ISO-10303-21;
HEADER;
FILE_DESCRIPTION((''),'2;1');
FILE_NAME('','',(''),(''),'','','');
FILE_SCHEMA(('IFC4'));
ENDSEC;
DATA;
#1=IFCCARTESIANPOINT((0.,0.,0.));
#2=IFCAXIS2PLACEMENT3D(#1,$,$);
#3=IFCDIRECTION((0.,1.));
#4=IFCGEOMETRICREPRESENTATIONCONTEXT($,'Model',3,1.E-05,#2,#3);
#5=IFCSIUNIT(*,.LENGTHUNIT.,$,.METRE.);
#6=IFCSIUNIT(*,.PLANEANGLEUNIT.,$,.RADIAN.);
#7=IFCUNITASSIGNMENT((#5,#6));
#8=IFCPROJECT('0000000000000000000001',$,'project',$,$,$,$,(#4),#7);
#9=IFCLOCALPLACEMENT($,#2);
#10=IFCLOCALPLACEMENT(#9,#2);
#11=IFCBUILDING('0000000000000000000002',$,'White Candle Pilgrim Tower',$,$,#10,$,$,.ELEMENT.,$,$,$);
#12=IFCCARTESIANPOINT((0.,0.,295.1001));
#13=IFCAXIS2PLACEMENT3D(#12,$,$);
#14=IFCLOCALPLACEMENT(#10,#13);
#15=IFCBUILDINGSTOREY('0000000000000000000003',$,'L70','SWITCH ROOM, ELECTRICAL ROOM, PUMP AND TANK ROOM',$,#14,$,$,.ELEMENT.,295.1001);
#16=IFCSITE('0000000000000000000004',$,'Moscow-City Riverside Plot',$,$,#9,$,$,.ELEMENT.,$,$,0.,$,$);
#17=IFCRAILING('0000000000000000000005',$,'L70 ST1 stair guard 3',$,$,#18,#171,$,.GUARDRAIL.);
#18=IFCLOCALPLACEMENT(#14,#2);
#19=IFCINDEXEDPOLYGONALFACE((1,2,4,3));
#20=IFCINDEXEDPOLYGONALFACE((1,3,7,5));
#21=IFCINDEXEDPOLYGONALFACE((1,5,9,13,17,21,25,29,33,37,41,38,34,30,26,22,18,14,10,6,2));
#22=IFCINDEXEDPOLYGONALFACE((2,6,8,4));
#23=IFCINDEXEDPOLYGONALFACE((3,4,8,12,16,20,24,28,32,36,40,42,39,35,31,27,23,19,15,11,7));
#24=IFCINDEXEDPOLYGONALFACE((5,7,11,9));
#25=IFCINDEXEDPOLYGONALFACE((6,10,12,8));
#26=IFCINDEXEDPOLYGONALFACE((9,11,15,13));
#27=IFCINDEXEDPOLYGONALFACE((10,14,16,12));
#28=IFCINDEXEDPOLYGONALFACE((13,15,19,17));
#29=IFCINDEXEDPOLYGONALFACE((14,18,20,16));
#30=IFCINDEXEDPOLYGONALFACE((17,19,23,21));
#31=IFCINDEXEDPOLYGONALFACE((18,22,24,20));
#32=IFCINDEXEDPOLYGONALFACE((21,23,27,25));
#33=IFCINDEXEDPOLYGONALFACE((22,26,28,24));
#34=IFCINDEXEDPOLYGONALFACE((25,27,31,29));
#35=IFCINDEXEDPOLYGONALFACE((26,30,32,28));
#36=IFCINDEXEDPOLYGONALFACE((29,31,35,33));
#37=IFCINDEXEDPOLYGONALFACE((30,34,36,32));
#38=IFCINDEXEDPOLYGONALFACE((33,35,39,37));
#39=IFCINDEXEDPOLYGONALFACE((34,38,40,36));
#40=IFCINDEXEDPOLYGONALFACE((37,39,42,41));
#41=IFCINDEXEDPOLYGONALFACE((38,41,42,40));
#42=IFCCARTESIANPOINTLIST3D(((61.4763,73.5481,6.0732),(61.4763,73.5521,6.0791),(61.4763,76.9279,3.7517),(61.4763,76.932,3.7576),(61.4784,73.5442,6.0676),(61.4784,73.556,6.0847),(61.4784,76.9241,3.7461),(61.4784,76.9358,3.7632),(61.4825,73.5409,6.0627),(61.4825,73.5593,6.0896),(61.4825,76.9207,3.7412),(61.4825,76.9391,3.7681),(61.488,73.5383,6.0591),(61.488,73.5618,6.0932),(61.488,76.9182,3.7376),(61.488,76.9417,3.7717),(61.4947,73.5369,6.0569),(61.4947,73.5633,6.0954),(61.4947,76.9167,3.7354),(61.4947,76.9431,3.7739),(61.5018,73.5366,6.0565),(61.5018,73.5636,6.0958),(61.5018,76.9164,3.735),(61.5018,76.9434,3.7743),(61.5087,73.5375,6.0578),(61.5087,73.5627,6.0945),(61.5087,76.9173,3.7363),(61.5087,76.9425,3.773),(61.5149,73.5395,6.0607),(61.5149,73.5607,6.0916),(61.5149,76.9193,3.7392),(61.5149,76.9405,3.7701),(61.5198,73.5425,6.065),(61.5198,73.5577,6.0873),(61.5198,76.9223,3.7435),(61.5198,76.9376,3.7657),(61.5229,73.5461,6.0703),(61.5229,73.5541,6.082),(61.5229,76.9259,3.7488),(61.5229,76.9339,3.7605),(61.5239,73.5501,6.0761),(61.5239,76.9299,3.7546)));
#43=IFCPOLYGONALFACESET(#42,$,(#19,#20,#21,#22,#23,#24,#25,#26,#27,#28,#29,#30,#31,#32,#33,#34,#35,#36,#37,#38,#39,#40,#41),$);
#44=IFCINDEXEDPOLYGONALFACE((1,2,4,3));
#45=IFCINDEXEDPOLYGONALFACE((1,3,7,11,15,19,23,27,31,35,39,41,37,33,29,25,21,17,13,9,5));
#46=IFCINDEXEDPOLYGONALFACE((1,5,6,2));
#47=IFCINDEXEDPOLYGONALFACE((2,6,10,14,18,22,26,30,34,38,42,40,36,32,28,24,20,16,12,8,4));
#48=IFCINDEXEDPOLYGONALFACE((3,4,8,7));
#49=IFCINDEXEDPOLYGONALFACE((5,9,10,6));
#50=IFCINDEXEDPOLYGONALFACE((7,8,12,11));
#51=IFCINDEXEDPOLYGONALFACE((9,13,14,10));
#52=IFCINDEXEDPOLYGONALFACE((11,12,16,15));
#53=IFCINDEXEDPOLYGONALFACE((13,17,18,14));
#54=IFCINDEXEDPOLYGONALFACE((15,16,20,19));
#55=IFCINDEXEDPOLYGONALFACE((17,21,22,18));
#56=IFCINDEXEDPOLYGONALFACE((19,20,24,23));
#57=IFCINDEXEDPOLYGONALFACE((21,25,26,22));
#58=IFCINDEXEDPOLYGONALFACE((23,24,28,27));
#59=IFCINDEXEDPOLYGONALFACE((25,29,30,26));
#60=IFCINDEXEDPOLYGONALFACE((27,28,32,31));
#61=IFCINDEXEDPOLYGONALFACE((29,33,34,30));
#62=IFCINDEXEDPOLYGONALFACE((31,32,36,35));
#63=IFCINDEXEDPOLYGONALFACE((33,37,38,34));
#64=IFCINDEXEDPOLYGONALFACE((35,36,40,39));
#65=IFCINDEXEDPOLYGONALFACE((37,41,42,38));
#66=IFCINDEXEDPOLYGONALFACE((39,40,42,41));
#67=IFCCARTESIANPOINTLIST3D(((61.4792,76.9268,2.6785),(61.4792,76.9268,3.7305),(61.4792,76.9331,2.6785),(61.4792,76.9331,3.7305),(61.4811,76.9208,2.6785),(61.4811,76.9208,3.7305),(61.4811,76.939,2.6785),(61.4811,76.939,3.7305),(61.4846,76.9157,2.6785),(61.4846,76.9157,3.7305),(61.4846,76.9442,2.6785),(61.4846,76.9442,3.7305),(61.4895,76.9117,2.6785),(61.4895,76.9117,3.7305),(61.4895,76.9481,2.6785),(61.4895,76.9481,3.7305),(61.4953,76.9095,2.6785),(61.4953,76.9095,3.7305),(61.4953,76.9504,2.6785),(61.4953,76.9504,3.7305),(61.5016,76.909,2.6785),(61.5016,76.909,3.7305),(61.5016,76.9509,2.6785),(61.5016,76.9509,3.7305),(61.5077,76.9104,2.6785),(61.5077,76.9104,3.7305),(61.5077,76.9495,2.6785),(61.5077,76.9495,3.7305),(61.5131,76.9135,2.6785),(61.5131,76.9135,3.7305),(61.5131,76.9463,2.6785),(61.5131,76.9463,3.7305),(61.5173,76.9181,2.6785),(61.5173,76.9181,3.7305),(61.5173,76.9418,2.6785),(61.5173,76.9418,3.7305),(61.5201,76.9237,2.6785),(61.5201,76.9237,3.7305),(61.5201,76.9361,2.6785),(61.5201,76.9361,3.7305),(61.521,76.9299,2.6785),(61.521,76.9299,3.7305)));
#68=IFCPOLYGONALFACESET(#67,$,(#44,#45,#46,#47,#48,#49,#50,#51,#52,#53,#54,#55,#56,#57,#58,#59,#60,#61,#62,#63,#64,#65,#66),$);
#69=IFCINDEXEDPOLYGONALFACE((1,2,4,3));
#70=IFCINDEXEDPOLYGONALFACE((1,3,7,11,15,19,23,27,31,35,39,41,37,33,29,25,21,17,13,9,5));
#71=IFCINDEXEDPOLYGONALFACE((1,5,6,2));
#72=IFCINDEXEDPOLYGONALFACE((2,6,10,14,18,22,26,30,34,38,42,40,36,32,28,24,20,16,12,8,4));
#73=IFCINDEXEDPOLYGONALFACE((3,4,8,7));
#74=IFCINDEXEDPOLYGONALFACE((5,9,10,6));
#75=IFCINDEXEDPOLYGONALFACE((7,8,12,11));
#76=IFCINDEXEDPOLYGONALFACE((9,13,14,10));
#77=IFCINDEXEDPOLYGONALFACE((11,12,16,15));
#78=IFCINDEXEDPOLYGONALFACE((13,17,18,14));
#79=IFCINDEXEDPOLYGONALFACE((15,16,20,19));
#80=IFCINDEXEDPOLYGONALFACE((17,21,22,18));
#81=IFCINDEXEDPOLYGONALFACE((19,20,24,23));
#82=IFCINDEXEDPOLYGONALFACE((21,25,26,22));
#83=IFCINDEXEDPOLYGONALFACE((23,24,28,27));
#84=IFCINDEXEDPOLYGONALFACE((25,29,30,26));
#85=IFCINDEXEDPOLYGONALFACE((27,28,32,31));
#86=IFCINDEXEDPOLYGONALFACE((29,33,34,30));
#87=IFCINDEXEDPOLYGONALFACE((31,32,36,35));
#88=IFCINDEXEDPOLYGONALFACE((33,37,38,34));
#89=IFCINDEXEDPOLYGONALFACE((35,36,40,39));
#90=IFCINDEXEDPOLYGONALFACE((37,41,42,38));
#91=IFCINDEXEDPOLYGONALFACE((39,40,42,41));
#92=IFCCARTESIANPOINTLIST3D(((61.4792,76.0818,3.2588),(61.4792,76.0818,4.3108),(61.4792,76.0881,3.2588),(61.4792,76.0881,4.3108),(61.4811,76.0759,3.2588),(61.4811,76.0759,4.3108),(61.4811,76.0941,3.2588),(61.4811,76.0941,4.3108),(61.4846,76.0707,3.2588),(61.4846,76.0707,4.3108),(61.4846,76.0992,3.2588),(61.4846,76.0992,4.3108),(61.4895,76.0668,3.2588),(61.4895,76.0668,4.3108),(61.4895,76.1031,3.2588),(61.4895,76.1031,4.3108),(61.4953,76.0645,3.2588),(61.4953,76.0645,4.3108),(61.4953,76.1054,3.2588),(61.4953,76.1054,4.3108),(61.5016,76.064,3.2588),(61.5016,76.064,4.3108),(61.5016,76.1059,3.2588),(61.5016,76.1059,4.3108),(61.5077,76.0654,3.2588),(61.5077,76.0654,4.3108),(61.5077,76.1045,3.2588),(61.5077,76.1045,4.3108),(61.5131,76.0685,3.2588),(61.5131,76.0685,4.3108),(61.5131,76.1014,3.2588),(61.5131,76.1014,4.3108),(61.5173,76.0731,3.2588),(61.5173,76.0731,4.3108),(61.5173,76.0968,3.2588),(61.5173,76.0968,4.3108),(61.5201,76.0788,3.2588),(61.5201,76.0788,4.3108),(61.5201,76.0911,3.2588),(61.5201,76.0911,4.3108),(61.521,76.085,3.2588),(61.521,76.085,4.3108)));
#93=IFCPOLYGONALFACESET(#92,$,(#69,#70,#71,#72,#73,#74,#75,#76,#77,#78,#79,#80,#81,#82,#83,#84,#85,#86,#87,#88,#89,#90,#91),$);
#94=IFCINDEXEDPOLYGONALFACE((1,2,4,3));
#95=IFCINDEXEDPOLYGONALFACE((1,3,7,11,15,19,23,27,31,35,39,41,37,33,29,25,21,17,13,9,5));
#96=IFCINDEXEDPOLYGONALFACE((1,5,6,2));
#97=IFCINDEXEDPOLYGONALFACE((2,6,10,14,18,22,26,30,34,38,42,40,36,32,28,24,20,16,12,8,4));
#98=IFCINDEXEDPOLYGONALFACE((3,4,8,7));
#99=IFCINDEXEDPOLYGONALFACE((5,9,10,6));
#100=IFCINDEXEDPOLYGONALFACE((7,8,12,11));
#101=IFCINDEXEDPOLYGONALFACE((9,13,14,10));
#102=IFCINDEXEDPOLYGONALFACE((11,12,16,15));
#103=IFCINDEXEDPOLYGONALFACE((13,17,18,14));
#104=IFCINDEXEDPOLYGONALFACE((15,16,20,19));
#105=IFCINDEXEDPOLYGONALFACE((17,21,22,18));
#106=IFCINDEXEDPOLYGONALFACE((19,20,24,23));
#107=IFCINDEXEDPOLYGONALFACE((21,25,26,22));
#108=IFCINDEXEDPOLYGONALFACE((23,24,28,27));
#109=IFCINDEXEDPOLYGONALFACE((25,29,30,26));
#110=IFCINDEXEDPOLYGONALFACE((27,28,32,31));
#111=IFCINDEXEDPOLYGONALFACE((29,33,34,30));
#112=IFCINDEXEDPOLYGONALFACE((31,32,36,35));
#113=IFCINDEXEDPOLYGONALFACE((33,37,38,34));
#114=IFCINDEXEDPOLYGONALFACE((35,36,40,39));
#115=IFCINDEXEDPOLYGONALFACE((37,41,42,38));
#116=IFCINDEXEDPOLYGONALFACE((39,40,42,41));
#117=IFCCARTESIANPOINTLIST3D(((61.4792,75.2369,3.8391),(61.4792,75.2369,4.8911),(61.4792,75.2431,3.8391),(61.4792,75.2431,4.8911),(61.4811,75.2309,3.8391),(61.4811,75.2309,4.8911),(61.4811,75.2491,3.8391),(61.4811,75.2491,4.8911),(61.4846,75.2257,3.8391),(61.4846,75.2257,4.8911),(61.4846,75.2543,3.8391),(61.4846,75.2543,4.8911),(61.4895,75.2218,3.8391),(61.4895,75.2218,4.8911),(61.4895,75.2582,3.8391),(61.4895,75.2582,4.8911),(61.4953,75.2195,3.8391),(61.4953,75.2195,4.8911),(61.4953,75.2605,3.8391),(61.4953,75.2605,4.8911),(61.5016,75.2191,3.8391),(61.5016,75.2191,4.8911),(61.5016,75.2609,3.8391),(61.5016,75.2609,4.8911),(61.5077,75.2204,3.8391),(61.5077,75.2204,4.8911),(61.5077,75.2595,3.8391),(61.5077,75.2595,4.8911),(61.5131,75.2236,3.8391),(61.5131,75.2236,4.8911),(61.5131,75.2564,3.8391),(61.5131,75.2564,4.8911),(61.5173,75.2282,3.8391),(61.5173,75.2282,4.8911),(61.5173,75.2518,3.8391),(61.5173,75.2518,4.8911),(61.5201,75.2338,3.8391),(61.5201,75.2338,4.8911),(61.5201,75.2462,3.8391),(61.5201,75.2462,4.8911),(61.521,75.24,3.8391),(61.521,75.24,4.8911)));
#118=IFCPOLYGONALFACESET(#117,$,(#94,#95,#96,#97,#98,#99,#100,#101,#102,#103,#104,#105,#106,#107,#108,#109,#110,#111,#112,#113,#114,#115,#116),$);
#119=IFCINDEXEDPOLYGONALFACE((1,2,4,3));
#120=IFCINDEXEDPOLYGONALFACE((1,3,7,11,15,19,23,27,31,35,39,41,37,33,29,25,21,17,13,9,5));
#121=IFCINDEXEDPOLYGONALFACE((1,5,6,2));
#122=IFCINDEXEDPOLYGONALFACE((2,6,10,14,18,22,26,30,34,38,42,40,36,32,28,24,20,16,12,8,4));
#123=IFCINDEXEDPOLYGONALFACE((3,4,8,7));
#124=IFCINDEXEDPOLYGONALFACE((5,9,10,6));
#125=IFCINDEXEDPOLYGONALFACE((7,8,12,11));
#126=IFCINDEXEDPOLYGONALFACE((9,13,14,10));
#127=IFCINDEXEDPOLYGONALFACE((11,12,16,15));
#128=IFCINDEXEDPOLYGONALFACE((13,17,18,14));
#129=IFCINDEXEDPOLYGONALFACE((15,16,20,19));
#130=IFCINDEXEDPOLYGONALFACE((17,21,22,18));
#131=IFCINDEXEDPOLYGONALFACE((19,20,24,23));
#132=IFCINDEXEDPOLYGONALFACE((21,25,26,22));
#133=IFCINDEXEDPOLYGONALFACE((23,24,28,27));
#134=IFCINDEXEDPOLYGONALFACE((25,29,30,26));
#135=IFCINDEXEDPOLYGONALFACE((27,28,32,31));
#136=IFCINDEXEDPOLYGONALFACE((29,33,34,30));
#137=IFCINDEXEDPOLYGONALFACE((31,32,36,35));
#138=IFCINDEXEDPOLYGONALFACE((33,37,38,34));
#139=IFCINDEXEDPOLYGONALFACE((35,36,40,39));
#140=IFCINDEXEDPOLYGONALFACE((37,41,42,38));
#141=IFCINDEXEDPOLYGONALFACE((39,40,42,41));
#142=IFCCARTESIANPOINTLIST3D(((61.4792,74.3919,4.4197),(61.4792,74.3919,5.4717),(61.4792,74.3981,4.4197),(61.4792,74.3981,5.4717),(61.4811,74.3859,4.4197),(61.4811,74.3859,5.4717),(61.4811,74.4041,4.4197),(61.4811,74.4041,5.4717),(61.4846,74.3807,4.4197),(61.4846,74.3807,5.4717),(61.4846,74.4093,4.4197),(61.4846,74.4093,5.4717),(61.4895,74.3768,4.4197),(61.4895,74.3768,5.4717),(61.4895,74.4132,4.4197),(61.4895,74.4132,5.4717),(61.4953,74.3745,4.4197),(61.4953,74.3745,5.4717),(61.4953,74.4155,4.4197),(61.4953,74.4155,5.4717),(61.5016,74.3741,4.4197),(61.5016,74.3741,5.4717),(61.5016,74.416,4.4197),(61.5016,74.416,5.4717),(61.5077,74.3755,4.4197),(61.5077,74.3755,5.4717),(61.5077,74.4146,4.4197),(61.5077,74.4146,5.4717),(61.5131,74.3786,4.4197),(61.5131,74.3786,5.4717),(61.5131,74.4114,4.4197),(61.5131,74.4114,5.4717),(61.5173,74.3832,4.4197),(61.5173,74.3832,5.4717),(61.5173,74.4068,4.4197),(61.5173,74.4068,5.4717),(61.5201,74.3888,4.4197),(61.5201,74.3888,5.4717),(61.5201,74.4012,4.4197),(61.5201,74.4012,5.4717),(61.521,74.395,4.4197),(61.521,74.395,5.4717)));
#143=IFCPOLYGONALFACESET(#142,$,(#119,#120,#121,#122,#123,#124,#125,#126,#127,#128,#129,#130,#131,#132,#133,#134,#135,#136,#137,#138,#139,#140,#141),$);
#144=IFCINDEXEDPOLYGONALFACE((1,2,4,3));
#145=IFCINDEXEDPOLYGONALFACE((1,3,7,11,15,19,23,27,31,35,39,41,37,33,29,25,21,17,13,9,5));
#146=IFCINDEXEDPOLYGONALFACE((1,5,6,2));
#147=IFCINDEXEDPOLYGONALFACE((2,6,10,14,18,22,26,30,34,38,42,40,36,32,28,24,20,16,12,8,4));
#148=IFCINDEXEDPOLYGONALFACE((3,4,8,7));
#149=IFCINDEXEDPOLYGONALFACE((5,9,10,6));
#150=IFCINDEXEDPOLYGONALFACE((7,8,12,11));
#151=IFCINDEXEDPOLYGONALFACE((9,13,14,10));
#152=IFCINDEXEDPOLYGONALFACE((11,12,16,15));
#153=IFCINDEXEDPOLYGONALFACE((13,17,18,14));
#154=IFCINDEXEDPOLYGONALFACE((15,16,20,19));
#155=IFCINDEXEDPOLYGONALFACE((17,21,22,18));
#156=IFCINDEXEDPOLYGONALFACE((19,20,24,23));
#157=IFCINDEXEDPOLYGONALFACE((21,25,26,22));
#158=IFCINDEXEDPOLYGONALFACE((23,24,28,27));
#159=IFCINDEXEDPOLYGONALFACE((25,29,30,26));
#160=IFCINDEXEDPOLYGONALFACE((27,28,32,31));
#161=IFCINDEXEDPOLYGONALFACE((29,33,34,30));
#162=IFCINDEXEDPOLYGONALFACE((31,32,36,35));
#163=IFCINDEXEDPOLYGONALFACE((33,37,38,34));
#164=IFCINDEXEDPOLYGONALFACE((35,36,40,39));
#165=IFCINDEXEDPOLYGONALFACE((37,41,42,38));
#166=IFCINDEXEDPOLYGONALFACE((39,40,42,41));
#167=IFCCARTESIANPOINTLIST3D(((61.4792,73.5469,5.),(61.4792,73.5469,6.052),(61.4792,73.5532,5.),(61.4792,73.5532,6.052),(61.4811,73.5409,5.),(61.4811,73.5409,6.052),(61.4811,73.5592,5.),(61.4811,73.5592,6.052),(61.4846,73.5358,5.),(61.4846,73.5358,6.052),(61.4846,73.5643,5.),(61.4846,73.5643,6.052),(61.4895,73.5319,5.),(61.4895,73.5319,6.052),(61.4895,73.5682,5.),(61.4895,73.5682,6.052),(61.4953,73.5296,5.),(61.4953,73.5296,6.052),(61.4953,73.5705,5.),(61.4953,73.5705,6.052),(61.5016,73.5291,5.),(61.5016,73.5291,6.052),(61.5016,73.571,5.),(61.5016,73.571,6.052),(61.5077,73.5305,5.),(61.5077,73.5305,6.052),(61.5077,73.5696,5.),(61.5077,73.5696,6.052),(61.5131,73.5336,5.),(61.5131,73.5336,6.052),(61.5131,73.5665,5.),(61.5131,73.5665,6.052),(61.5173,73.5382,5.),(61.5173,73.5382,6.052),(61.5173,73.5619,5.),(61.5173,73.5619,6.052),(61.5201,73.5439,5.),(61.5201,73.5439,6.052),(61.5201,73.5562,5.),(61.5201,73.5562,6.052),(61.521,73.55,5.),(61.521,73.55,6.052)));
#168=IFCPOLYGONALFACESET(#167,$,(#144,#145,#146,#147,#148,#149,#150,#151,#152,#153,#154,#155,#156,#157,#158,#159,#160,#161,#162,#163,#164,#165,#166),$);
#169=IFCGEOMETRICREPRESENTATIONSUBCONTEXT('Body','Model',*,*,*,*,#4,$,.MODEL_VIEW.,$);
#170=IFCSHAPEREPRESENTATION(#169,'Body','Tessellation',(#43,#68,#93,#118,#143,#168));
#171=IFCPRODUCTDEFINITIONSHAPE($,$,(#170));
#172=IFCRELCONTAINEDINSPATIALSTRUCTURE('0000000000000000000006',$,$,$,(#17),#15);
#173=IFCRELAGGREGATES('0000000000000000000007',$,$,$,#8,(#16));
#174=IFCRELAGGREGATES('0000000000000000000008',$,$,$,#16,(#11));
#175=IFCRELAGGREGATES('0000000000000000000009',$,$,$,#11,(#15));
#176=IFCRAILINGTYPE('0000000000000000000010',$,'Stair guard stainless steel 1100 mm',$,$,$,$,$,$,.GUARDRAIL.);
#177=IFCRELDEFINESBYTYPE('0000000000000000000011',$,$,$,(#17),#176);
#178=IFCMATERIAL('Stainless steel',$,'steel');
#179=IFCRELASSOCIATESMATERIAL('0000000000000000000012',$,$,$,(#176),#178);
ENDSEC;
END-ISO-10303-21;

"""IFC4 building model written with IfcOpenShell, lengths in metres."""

from ifc_helpers import new_model, si_unit, direction, frame, origin, origin_2d, place, context, subcontext, project, spatial, circle, extrude, material, type_object, element, save


model = new_model("IFC4")

# Units and contexts
model_context = context("Model", 3, precision=1e-05, world=origin(), true_north=direction((0.0, 1.0)))
body_context = subcontext(model_context, "Body", "Model", "MODEL_VIEW")
ifc_project = project(units=[si_unit("LENGTHUNIT", "METRE"), si_unit("PLANEANGLEUNIT", "RADIAN")], contexts=[model_context])

# Site, building, storey
site_placement = place(None, origin())
site = spatial("IfcSite", under=ifc_project, at=site_placement, Name="Moscow-City Riverside Plot", CompositionType="ELEMENT", RefElevation=0.0)
building_placement = place(site_placement, origin())
building = spatial("IfcBuilding", under=site, at=building_placement, Name="White Candle Pilgrim Tower", CompositionType="ELEMENT")
storey_placement = place(building_placement, frame((0.0, 0.0, 295.1001)))
storey = spatial("IfcBuildingStorey", under=building, at=storey_placement, Name="L70", Description="SWITCH ROOM, ELECTRICAL ROOM, PUMP AND TANK ROOM", CompositionType="ELEMENT", Elevation=295.1001)

# Shared definitions
ifc_material_1 = material(Name="Stainless steel", Category="steel")

# Railing
railing_type_1 = type_object("IfcRailingType", Name="Stair guard stainless steel 1100 mm", PredefinedType="GUARDRAIL", material=ifc_material_1)
railing_1_placement = place(storey_placement, frame((61.5, 76.9299, 2.6785)))
element("IfcRailing", 1, at=railing_1_placement, inside=storey, type_object=railing_type_1, Name="L70 ST1 stair guard 3", PredefinedType="GUARDRAIL", context=body_context, shape_type="SweptSolid", body=[
    extrude(circle(Radius=0.0239, at=origin_2d()), frame((0.0, 0.0, 1.0762), z_axis=(0.0, -0.824285, 0.566175), x_axis=(1.0, 0.0, 0.0)), (0.0, 0.0, 1.0), 4.1003),
    extrude(circle(Radius=0.021, at=origin_2d()), origin(), (0.0, 0.0, 1.0), 1.052),
    extrude(circle(Radius=0.021, at=origin_2d()), frame((0.0, -0.845, 0.5803)), (0.0, 0.0, 1.0), 1.052),
    extrude(circle(Radius=0.021, at=origin_2d()), frame((0.0, -1.6899, 1.1606)), (0.0, 0.0, 1.0), 1.052),
    extrude(circle(Radius=0.021, at=origin_2d()), frame((0.0, -2.5349, 1.7412)), (0.0, 0.0, 1.0), 1.052),
    extrude(circle(Radius=0.021, at=origin_2d()), frame((0.0, -3.3799, 2.3215)), (0.0, 0.0, 1.0), 1.052),
])

save(model, "model.ifc")
